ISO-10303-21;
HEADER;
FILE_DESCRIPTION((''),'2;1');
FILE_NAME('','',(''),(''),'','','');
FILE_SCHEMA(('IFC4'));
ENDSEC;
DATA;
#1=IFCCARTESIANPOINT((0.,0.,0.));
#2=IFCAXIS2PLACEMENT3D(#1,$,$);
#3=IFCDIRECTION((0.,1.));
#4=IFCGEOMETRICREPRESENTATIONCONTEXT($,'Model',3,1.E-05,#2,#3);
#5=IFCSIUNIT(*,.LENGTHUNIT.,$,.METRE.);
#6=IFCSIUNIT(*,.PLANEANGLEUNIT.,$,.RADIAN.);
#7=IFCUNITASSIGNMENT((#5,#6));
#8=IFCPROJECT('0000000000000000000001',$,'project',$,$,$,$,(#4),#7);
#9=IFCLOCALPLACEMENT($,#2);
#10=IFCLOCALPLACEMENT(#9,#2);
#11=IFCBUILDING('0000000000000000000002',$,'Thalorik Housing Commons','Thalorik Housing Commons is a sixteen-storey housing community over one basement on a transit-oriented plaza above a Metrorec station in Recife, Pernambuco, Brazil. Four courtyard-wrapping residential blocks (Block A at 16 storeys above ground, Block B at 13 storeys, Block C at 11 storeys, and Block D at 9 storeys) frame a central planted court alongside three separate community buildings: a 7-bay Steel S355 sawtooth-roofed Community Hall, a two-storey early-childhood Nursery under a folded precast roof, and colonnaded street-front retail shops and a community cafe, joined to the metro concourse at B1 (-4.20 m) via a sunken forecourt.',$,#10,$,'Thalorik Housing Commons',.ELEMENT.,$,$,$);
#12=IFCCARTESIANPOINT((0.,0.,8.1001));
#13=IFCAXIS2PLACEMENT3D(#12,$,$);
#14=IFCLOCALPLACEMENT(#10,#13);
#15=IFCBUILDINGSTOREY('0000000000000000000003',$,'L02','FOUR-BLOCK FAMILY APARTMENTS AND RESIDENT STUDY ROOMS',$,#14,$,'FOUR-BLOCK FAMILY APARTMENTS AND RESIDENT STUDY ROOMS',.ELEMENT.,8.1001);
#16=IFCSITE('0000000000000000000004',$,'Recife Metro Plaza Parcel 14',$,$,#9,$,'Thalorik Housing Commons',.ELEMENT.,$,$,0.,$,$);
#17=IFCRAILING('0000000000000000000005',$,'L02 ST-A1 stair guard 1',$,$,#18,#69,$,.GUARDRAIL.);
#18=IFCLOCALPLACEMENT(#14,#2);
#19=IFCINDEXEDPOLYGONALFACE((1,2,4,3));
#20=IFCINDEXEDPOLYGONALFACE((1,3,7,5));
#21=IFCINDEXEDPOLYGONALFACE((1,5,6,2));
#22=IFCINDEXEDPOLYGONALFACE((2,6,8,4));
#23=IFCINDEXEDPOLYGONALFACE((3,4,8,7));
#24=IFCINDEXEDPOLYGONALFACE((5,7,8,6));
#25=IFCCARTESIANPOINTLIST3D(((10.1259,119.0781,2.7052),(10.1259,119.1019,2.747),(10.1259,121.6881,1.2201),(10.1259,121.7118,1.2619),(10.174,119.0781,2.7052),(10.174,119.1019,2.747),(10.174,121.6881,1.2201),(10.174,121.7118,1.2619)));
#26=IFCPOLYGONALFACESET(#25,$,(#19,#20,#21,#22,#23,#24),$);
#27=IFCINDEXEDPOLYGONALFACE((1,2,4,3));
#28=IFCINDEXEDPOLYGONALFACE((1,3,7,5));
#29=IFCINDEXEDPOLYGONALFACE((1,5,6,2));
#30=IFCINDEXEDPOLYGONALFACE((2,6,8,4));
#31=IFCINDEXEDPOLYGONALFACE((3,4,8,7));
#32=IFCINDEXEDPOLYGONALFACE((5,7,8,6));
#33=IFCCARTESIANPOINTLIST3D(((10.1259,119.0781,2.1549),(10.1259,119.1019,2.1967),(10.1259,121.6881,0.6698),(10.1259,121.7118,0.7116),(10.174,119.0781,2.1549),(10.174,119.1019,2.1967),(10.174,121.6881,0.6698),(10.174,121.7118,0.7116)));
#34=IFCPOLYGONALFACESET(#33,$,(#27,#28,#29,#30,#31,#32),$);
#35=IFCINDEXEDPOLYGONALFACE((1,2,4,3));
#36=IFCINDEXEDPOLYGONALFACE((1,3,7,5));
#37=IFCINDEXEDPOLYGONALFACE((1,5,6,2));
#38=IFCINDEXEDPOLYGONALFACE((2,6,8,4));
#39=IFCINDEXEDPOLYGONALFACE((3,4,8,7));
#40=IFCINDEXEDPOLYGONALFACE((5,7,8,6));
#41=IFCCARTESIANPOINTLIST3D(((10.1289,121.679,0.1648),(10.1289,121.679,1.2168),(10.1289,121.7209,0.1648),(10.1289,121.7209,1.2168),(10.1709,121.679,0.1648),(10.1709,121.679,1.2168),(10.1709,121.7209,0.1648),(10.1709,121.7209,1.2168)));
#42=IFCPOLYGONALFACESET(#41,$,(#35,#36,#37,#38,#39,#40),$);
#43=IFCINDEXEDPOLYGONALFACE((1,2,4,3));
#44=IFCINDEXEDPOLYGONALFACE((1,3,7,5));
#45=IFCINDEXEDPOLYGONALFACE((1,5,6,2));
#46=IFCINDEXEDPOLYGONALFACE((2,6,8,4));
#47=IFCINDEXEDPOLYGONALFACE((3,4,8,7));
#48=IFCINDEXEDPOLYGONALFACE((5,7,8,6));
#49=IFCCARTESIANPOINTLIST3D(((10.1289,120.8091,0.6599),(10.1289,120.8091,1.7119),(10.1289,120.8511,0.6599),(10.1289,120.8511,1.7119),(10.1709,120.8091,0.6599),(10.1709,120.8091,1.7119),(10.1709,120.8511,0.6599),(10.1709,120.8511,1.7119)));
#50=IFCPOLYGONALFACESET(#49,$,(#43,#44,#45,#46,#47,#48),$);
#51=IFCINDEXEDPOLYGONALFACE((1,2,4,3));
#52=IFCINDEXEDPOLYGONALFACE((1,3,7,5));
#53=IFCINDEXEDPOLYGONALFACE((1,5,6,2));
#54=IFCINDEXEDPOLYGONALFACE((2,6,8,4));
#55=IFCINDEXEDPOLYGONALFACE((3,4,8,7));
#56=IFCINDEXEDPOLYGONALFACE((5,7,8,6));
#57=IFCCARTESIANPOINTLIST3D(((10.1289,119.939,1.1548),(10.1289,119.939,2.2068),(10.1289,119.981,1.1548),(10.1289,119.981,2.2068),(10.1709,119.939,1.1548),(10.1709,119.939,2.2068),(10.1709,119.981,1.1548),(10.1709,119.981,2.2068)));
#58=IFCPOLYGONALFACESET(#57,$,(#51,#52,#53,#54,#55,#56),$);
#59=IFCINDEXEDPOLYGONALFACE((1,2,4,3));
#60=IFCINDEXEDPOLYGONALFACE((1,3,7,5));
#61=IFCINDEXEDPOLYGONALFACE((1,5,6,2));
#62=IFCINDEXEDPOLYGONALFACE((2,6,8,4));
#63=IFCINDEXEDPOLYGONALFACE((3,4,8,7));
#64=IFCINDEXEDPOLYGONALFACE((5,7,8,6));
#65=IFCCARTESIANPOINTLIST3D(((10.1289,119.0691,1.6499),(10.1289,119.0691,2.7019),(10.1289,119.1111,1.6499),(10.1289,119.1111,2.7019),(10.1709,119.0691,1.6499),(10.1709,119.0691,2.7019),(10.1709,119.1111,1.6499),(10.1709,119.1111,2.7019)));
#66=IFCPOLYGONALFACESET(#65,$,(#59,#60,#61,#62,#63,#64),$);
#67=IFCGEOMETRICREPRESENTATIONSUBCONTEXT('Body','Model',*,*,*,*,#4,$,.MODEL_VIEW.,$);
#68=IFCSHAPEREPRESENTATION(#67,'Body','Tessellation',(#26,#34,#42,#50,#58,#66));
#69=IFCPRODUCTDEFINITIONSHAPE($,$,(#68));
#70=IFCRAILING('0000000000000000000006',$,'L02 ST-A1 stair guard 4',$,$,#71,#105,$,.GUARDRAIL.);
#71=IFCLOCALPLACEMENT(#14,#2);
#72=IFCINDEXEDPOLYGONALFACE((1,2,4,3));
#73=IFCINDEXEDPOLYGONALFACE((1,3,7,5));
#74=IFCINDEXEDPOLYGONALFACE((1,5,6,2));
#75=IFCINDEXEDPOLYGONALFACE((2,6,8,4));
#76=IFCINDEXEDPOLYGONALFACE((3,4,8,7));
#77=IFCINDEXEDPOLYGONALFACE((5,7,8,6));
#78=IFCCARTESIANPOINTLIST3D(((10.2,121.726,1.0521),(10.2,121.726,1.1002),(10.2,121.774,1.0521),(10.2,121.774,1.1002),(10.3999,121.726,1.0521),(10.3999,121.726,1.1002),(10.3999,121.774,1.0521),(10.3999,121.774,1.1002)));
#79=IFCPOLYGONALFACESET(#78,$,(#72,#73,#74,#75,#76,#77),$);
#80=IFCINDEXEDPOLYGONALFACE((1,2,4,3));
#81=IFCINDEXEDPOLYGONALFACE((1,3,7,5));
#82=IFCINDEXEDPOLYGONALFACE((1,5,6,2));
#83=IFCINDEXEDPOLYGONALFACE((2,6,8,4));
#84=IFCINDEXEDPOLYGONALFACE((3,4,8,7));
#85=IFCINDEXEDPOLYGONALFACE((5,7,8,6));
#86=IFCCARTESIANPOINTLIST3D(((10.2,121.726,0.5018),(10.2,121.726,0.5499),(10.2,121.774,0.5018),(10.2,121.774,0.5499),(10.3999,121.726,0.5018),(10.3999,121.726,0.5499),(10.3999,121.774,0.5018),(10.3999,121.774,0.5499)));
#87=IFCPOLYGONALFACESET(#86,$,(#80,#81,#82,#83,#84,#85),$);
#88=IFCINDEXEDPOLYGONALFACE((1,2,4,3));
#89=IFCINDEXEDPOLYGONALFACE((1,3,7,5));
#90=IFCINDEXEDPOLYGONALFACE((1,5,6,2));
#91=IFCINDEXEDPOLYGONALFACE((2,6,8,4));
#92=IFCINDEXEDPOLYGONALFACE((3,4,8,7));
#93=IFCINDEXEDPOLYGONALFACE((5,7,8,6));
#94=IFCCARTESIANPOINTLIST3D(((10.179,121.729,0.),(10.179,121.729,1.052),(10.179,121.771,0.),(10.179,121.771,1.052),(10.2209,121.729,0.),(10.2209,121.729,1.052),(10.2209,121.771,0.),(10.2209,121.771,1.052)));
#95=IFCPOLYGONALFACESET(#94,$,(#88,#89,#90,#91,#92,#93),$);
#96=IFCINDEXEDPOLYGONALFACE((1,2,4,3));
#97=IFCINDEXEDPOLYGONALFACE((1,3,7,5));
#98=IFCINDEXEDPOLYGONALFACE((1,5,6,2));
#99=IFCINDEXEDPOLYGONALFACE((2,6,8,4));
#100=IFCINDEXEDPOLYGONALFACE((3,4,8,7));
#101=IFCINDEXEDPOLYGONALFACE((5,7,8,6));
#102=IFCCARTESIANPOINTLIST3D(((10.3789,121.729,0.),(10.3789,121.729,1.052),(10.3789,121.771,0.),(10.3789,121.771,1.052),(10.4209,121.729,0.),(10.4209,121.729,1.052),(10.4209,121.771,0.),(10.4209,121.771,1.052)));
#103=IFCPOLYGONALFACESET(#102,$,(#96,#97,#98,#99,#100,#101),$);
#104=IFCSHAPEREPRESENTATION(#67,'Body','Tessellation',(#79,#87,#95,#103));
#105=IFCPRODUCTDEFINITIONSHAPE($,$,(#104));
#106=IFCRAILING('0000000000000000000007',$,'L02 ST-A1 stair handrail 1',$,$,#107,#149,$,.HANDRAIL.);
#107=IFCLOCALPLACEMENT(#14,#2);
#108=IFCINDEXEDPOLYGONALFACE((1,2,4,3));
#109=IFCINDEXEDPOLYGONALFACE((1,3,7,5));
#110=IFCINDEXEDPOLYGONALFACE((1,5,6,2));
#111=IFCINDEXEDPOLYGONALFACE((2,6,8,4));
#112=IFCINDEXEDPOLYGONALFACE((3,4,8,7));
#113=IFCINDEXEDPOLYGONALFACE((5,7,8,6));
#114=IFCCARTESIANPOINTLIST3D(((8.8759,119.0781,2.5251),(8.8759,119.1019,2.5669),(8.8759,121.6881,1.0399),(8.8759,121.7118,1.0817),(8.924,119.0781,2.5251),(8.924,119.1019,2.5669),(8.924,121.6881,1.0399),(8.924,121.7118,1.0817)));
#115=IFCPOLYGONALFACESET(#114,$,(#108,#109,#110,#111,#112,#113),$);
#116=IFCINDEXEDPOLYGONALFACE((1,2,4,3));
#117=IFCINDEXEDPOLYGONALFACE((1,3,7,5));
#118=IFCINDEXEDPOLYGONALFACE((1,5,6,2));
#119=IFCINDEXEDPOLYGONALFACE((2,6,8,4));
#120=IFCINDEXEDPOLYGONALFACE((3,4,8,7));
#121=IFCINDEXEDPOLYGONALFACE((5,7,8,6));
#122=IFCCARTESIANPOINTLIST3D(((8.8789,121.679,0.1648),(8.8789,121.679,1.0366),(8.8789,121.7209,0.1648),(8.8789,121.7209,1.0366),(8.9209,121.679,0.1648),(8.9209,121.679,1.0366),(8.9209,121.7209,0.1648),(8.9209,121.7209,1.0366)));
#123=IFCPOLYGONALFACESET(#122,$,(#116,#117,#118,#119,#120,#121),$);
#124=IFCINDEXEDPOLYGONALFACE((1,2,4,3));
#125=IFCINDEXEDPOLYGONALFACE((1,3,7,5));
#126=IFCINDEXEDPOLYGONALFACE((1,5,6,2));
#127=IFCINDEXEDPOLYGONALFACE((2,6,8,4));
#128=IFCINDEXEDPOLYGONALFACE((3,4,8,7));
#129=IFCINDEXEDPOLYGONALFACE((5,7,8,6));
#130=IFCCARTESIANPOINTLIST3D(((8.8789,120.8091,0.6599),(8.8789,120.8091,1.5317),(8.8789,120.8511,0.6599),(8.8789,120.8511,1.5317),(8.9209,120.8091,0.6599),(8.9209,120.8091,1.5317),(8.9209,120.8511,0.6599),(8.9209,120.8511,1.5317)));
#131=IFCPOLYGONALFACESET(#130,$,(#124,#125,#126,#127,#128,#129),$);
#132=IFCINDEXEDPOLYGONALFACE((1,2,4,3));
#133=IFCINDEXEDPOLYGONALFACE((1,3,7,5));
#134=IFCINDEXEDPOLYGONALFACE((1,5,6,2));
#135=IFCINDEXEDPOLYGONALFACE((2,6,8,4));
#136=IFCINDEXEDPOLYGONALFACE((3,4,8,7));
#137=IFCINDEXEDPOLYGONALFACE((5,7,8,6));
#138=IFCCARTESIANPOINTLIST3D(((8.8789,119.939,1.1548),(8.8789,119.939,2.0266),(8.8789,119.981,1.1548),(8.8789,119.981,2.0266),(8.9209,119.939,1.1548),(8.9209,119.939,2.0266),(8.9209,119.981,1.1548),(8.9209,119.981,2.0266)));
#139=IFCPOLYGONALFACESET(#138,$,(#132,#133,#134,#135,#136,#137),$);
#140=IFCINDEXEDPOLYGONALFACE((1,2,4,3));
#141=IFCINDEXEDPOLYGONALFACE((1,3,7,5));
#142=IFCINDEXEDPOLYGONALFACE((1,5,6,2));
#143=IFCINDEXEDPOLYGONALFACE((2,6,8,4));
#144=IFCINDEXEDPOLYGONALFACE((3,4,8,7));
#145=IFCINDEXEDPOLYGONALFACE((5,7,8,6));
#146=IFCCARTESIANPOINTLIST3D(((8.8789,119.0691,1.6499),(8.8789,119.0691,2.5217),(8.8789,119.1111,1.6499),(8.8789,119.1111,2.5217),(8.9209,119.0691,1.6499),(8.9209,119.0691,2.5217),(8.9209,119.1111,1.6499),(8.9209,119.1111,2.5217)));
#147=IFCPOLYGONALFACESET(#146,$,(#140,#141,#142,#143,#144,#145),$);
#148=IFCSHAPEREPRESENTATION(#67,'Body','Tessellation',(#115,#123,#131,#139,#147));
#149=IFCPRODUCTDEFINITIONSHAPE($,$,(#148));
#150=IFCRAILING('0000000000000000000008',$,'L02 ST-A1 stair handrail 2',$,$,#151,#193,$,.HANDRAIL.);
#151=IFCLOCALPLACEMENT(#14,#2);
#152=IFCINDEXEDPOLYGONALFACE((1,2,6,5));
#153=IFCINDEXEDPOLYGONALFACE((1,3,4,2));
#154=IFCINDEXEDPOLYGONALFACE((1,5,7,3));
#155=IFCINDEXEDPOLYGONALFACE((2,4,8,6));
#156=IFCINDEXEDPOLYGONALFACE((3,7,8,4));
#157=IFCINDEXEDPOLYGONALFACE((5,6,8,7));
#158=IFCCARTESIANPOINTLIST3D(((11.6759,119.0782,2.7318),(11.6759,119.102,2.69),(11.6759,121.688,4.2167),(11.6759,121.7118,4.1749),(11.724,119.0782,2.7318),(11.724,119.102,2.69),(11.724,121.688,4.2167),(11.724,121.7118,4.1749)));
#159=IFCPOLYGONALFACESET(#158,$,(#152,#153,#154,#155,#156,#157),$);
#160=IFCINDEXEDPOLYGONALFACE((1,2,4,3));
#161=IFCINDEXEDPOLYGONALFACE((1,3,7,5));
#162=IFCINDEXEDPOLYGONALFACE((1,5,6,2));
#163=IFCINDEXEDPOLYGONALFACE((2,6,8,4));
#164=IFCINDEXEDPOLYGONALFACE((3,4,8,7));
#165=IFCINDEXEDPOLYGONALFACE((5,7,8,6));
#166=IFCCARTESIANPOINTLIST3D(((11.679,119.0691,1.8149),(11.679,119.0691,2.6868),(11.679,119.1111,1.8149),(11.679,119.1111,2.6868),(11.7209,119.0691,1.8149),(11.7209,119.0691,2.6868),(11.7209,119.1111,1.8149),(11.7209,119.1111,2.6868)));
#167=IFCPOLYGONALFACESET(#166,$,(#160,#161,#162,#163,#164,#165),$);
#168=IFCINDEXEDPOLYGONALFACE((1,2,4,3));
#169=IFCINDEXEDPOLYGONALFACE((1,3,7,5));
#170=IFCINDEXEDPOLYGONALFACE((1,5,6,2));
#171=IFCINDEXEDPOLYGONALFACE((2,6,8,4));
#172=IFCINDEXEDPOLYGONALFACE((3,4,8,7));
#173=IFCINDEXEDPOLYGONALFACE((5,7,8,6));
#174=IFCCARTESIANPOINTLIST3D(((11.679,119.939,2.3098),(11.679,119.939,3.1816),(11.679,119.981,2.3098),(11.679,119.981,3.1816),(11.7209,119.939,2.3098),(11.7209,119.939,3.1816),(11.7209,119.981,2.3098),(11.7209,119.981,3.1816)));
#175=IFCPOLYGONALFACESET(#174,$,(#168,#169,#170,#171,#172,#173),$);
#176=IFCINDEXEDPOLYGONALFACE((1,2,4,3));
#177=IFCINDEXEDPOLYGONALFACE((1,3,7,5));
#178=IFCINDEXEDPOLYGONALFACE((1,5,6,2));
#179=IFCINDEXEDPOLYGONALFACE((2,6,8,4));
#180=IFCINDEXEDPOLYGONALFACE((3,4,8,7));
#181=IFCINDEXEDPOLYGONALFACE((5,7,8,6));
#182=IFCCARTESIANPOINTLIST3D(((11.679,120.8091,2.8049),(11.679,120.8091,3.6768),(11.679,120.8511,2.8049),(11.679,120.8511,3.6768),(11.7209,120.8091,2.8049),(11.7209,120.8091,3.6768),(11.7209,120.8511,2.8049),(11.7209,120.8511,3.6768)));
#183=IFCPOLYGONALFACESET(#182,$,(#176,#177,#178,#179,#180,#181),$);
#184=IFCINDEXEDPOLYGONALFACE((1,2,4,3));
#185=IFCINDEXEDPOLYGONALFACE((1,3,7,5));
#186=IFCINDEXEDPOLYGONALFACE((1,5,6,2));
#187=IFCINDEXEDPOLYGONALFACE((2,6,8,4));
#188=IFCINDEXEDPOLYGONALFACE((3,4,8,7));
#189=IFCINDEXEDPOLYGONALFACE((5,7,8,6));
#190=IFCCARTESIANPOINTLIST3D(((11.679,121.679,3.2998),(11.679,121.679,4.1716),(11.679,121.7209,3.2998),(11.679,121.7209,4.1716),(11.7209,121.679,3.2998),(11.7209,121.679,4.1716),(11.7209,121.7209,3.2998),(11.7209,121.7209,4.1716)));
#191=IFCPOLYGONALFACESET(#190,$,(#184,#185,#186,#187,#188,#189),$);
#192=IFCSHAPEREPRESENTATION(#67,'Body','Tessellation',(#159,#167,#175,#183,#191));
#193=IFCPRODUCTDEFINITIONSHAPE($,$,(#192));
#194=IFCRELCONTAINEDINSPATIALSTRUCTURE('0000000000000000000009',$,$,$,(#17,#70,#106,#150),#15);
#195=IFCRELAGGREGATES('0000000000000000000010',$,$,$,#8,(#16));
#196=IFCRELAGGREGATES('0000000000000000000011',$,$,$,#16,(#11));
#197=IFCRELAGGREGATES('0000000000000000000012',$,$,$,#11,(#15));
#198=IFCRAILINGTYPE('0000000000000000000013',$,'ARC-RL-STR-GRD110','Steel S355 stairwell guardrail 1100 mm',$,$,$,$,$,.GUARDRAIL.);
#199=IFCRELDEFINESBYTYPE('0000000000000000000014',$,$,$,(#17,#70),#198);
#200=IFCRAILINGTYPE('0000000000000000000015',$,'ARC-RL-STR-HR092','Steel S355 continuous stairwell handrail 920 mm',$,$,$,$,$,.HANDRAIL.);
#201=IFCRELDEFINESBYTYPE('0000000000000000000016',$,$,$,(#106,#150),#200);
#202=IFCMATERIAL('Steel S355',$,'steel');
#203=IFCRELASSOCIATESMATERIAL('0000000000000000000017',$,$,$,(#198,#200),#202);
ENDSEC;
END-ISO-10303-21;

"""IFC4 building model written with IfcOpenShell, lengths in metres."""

from ifc_helpers import new_model, si_unit, direction, frame, origin, origin_2d, place, context, subcontext, project, spatial, rectangle, extrude, material, type_object, element, save


model = new_model("IFC4")

# Units and contexts
model_context = context("Model", 3, precision=1e-05, world=origin(), true_north=direction((0.0, 1.0)))
body_context = subcontext(model_context, "Body", "Model", "MODEL_VIEW")
ifc_project = project(units=[si_unit("LENGTHUNIT", "METRE"), si_unit("PLANEANGLEUNIT", "RADIAN")], contexts=[model_context])

# Site, building, storey
site_placement = place(None, origin())
site = spatial("IfcSite", under=ifc_project, at=site_placement, Name="Recife Metro Plaza Parcel 14", LongName="Thalorik Housing Commons", CompositionType="ELEMENT", RefElevation=0.0)
building_placement = place(site_placement, origin())
building = spatial("IfcBuilding", under=site, at=building_placement, Name="Thalorik Housing Commons", Description="Thalorik Housing Commons is a sixteen-storey housing community over one basement on a transit-oriented plaza above a Metrorec station in Recife, Pernambuco, Brazil. Four courtyard-wrapping residential blocks (Block A at 16 storeys above ground, Block B at 13 storeys, Block C at 11 storeys, and Block D at 9 storeys) frame a central planted court alongside three separate community buildings: a 7-bay Steel S355 sawtooth-roofed Community Hall, a two-storey early-childhood Nursery under a folded precast roof, and colonnaded street-front retail shops and a community cafe, joined to the metro concourse at B1 (-4.20 m) via a sunken forecourt.", LongName="Thalorik Housing Commons", CompositionType="ELEMENT")
storey_placement = place(building_placement, frame((0.0, 0.0, 8.1001)))
storey = spatial("IfcBuildingStorey", under=building, at=storey_placement, Name="L02", Description="FOUR-BLOCK FAMILY APARTMENTS AND RESIDENT STUDY ROOMS", LongName="FOUR-BLOCK FAMILY APARTMENTS AND RESIDENT STUDY ROOMS", CompositionType="ELEMENT", Elevation=8.1001)

# Shared definitions
ifc_material_1 = material(Name="Steel S355", Category="steel")

# Railings
railing_type_1 = type_object("IfcRailingType", Name="ARC-RL-STR-GRD110", Description="Steel S355 stairwell guardrail 1100 mm", PredefinedType="GUARDRAIL", material=ifc_material_1)
railing_1_placement = place(storey_placement, frame((10.1499, 121.7, 0.1648)))
element("IfcRailing", 1, at=railing_1_placement, inside=storey, type_object=railing_type_1, Name="L02 ST-A1 stair guard 1", PredefinedType="GUARDRAIL", context=body_context, shape_type="SweptSolid", body=[
    extrude(rectangle(XDim=0.0481, YDim=0.0481, at=origin_2d()), frame((0.0, 0.0, 1.0762), z_axis=(0.0, -0.869137, 0.494571), x_axis=(1.0, 0.0, 0.0)), (0.0, 0.0, 1.0), 3.0029),
    extrude(rectangle(XDim=0.0481, YDim=0.0481, at=origin_2d()), frame((0.0, 0.0, 0.5259), z_axis=(0.0, -0.869137, 0.494571), x_axis=(1.0, 0.0, 0.0)), (0.0, 0.0, 1.0), 3.0029),
    extrude(rectangle(XDim=0.042, YDim=0.042, at=origin_2d()), origin(), (0.0, 0.0, 1.0), 1.052),
    extrude(rectangle(XDim=0.042, YDim=0.042, at=origin_2d()), frame((0.0, -0.8699, 0.4951)), (0.0, 0.0, 1.0), 1.052),
    extrude(rectangle(XDim=0.042, YDim=0.042, at=origin_2d()), frame((0.0, -1.74, 0.99)), (0.0, 0.0, 1.0), 1.052),
    extrude(rectangle(XDim=0.042, YDim=0.042, at=origin_2d()), frame((0.0, -2.6099, 1.4851)), (0.0, 0.0, 1.0), 1.052),
])
railing_2_placement = place(storey_placement, frame((10.2, 121.75, 0.0)))
element("IfcRailing", 2, at=railing_2_placement, inside=storey, type_object=railing_type_1, Name="L02 ST-A1 stair guard 4", PredefinedType="GUARDRAIL", context=body_context, shape_type="SweptSolid", body=[
    extrude(rectangle(XDim=0.0481, YDim=0.0481, at=origin_2d()), frame((0.0, 0.0, 1.0762), z_axis=(1.0, 0.0, 0.0), x_axis=(0.0, 1.0, 0.0)), (0.0, 0.0, 1.0), 0.2),
    extrude(rectangle(XDim=0.0481, YDim=0.0481, at=origin_2d()), frame((0.0, 0.0, 0.5259), z_axis=(1.0, 0.0, 0.0), x_axis=(0.0, 1.0, 0.0)), (0.0, 0.0, 1.0), 0.2),
    extrude(rectangle(XDim=0.042, YDim=0.042, at=origin_2d()), origin(), (0.0, 0.0, 1.0), 1.052),
    extrude(rectangle(XDim=0.042, YDim=0.042, at=origin_2d()), frame((0.2, 0.0, 0.0)), (0.0, 0.0, 1.0), 1.052),
])
railing_type_2 = type_object("IfcRailingType", Name="ARC-RL-STR-HR092", Description="Steel S355 continuous stairwell handrail 920 mm", PredefinedType="HANDRAIL", material=ifc_material_1)
railing_3_placement = place(storey_placement, frame((8.8999, 121.7, 0.1648)))
element("IfcRailing", 3, at=railing_3_placement, inside=storey, type_object=railing_type_2, Name="L02 ST-A1 stair handrail 1", PredefinedType="HANDRAIL", context=body_context, shape_type="SweptSolid", body=[
    extrude(rectangle(XDim=0.0481, YDim=0.0481, at=origin_2d()), frame((0.0, 0.0, 0.896), z_axis=(0.0, -0.869137, 0.494571), x_axis=(1.0, 0.0, 0.0)), (0.0, 0.0, 1.0), 3.0029),
    extrude(rectangle(XDim=0.042, YDim=0.042, at=origin_2d()), origin(), (0.0, 0.0, 1.0), 0.8718),
    extrude(rectangle(XDim=0.042, YDim=0.042, at=origin_2d()), frame((0.0, -0.8699, 0.4951)), (0.0, 0.0, 1.0), 0.8718),
    extrude(rectangle(XDim=0.042, YDim=0.042, at=origin_2d()), frame((0.0, -1.74, 0.99)), (0.0, 0.0, 1.0), 0.8718),
    extrude(rectangle(XDim=0.042, YDim=0.042, at=origin_2d()), frame((0.0, -2.6099, 1.4851)), (0.0, 0.0, 1.0), 0.8718),
])
railing_4_placement = place(storey_placement, frame((11.7, 119.0901, 1.8149)))
element("IfcRailing", 4, at=railing_4_placement, inside=storey, type_object=railing_type_2, Name="L02 ST-A1 stair handrail 2", PredefinedType="HANDRAIL", context=body_context, shape_type="SweptSolid", body=[
    extrude(rectangle(XDim=0.0481, YDim=0.0481, at=origin_2d()), frame((0.0, 0.0, 0.896), z_axis=(0.0, 0.869172, 0.494509), x_axis=(-1.0, 0.0, 0.0)), (0.0, 0.0, 1.0), 3.0027),
    extrude(rectangle(XDim=0.042, YDim=0.042, at=origin_2d()), origin(), (0.0, 0.0, 1.0), 0.8718),
    extrude(rectangle(XDim=0.042, YDim=0.042, at=origin_2d()), frame((0.0, 0.8699, 0.4949)), (0.0, 0.0, 1.0), 0.8718),
    extrude(rectangle(XDim=0.042, YDim=0.042, at=origin_2d()), frame((0.0, 1.74, 0.99)), (0.0, 0.0, 1.0), 0.8718),
    extrude(rectangle(XDim=0.042, YDim=0.042, at=origin_2d()), frame((0.0, 2.6099, 1.4849)), (0.0, 0.0, 1.0), 0.8718),
])

save(model, "model.ifc")
